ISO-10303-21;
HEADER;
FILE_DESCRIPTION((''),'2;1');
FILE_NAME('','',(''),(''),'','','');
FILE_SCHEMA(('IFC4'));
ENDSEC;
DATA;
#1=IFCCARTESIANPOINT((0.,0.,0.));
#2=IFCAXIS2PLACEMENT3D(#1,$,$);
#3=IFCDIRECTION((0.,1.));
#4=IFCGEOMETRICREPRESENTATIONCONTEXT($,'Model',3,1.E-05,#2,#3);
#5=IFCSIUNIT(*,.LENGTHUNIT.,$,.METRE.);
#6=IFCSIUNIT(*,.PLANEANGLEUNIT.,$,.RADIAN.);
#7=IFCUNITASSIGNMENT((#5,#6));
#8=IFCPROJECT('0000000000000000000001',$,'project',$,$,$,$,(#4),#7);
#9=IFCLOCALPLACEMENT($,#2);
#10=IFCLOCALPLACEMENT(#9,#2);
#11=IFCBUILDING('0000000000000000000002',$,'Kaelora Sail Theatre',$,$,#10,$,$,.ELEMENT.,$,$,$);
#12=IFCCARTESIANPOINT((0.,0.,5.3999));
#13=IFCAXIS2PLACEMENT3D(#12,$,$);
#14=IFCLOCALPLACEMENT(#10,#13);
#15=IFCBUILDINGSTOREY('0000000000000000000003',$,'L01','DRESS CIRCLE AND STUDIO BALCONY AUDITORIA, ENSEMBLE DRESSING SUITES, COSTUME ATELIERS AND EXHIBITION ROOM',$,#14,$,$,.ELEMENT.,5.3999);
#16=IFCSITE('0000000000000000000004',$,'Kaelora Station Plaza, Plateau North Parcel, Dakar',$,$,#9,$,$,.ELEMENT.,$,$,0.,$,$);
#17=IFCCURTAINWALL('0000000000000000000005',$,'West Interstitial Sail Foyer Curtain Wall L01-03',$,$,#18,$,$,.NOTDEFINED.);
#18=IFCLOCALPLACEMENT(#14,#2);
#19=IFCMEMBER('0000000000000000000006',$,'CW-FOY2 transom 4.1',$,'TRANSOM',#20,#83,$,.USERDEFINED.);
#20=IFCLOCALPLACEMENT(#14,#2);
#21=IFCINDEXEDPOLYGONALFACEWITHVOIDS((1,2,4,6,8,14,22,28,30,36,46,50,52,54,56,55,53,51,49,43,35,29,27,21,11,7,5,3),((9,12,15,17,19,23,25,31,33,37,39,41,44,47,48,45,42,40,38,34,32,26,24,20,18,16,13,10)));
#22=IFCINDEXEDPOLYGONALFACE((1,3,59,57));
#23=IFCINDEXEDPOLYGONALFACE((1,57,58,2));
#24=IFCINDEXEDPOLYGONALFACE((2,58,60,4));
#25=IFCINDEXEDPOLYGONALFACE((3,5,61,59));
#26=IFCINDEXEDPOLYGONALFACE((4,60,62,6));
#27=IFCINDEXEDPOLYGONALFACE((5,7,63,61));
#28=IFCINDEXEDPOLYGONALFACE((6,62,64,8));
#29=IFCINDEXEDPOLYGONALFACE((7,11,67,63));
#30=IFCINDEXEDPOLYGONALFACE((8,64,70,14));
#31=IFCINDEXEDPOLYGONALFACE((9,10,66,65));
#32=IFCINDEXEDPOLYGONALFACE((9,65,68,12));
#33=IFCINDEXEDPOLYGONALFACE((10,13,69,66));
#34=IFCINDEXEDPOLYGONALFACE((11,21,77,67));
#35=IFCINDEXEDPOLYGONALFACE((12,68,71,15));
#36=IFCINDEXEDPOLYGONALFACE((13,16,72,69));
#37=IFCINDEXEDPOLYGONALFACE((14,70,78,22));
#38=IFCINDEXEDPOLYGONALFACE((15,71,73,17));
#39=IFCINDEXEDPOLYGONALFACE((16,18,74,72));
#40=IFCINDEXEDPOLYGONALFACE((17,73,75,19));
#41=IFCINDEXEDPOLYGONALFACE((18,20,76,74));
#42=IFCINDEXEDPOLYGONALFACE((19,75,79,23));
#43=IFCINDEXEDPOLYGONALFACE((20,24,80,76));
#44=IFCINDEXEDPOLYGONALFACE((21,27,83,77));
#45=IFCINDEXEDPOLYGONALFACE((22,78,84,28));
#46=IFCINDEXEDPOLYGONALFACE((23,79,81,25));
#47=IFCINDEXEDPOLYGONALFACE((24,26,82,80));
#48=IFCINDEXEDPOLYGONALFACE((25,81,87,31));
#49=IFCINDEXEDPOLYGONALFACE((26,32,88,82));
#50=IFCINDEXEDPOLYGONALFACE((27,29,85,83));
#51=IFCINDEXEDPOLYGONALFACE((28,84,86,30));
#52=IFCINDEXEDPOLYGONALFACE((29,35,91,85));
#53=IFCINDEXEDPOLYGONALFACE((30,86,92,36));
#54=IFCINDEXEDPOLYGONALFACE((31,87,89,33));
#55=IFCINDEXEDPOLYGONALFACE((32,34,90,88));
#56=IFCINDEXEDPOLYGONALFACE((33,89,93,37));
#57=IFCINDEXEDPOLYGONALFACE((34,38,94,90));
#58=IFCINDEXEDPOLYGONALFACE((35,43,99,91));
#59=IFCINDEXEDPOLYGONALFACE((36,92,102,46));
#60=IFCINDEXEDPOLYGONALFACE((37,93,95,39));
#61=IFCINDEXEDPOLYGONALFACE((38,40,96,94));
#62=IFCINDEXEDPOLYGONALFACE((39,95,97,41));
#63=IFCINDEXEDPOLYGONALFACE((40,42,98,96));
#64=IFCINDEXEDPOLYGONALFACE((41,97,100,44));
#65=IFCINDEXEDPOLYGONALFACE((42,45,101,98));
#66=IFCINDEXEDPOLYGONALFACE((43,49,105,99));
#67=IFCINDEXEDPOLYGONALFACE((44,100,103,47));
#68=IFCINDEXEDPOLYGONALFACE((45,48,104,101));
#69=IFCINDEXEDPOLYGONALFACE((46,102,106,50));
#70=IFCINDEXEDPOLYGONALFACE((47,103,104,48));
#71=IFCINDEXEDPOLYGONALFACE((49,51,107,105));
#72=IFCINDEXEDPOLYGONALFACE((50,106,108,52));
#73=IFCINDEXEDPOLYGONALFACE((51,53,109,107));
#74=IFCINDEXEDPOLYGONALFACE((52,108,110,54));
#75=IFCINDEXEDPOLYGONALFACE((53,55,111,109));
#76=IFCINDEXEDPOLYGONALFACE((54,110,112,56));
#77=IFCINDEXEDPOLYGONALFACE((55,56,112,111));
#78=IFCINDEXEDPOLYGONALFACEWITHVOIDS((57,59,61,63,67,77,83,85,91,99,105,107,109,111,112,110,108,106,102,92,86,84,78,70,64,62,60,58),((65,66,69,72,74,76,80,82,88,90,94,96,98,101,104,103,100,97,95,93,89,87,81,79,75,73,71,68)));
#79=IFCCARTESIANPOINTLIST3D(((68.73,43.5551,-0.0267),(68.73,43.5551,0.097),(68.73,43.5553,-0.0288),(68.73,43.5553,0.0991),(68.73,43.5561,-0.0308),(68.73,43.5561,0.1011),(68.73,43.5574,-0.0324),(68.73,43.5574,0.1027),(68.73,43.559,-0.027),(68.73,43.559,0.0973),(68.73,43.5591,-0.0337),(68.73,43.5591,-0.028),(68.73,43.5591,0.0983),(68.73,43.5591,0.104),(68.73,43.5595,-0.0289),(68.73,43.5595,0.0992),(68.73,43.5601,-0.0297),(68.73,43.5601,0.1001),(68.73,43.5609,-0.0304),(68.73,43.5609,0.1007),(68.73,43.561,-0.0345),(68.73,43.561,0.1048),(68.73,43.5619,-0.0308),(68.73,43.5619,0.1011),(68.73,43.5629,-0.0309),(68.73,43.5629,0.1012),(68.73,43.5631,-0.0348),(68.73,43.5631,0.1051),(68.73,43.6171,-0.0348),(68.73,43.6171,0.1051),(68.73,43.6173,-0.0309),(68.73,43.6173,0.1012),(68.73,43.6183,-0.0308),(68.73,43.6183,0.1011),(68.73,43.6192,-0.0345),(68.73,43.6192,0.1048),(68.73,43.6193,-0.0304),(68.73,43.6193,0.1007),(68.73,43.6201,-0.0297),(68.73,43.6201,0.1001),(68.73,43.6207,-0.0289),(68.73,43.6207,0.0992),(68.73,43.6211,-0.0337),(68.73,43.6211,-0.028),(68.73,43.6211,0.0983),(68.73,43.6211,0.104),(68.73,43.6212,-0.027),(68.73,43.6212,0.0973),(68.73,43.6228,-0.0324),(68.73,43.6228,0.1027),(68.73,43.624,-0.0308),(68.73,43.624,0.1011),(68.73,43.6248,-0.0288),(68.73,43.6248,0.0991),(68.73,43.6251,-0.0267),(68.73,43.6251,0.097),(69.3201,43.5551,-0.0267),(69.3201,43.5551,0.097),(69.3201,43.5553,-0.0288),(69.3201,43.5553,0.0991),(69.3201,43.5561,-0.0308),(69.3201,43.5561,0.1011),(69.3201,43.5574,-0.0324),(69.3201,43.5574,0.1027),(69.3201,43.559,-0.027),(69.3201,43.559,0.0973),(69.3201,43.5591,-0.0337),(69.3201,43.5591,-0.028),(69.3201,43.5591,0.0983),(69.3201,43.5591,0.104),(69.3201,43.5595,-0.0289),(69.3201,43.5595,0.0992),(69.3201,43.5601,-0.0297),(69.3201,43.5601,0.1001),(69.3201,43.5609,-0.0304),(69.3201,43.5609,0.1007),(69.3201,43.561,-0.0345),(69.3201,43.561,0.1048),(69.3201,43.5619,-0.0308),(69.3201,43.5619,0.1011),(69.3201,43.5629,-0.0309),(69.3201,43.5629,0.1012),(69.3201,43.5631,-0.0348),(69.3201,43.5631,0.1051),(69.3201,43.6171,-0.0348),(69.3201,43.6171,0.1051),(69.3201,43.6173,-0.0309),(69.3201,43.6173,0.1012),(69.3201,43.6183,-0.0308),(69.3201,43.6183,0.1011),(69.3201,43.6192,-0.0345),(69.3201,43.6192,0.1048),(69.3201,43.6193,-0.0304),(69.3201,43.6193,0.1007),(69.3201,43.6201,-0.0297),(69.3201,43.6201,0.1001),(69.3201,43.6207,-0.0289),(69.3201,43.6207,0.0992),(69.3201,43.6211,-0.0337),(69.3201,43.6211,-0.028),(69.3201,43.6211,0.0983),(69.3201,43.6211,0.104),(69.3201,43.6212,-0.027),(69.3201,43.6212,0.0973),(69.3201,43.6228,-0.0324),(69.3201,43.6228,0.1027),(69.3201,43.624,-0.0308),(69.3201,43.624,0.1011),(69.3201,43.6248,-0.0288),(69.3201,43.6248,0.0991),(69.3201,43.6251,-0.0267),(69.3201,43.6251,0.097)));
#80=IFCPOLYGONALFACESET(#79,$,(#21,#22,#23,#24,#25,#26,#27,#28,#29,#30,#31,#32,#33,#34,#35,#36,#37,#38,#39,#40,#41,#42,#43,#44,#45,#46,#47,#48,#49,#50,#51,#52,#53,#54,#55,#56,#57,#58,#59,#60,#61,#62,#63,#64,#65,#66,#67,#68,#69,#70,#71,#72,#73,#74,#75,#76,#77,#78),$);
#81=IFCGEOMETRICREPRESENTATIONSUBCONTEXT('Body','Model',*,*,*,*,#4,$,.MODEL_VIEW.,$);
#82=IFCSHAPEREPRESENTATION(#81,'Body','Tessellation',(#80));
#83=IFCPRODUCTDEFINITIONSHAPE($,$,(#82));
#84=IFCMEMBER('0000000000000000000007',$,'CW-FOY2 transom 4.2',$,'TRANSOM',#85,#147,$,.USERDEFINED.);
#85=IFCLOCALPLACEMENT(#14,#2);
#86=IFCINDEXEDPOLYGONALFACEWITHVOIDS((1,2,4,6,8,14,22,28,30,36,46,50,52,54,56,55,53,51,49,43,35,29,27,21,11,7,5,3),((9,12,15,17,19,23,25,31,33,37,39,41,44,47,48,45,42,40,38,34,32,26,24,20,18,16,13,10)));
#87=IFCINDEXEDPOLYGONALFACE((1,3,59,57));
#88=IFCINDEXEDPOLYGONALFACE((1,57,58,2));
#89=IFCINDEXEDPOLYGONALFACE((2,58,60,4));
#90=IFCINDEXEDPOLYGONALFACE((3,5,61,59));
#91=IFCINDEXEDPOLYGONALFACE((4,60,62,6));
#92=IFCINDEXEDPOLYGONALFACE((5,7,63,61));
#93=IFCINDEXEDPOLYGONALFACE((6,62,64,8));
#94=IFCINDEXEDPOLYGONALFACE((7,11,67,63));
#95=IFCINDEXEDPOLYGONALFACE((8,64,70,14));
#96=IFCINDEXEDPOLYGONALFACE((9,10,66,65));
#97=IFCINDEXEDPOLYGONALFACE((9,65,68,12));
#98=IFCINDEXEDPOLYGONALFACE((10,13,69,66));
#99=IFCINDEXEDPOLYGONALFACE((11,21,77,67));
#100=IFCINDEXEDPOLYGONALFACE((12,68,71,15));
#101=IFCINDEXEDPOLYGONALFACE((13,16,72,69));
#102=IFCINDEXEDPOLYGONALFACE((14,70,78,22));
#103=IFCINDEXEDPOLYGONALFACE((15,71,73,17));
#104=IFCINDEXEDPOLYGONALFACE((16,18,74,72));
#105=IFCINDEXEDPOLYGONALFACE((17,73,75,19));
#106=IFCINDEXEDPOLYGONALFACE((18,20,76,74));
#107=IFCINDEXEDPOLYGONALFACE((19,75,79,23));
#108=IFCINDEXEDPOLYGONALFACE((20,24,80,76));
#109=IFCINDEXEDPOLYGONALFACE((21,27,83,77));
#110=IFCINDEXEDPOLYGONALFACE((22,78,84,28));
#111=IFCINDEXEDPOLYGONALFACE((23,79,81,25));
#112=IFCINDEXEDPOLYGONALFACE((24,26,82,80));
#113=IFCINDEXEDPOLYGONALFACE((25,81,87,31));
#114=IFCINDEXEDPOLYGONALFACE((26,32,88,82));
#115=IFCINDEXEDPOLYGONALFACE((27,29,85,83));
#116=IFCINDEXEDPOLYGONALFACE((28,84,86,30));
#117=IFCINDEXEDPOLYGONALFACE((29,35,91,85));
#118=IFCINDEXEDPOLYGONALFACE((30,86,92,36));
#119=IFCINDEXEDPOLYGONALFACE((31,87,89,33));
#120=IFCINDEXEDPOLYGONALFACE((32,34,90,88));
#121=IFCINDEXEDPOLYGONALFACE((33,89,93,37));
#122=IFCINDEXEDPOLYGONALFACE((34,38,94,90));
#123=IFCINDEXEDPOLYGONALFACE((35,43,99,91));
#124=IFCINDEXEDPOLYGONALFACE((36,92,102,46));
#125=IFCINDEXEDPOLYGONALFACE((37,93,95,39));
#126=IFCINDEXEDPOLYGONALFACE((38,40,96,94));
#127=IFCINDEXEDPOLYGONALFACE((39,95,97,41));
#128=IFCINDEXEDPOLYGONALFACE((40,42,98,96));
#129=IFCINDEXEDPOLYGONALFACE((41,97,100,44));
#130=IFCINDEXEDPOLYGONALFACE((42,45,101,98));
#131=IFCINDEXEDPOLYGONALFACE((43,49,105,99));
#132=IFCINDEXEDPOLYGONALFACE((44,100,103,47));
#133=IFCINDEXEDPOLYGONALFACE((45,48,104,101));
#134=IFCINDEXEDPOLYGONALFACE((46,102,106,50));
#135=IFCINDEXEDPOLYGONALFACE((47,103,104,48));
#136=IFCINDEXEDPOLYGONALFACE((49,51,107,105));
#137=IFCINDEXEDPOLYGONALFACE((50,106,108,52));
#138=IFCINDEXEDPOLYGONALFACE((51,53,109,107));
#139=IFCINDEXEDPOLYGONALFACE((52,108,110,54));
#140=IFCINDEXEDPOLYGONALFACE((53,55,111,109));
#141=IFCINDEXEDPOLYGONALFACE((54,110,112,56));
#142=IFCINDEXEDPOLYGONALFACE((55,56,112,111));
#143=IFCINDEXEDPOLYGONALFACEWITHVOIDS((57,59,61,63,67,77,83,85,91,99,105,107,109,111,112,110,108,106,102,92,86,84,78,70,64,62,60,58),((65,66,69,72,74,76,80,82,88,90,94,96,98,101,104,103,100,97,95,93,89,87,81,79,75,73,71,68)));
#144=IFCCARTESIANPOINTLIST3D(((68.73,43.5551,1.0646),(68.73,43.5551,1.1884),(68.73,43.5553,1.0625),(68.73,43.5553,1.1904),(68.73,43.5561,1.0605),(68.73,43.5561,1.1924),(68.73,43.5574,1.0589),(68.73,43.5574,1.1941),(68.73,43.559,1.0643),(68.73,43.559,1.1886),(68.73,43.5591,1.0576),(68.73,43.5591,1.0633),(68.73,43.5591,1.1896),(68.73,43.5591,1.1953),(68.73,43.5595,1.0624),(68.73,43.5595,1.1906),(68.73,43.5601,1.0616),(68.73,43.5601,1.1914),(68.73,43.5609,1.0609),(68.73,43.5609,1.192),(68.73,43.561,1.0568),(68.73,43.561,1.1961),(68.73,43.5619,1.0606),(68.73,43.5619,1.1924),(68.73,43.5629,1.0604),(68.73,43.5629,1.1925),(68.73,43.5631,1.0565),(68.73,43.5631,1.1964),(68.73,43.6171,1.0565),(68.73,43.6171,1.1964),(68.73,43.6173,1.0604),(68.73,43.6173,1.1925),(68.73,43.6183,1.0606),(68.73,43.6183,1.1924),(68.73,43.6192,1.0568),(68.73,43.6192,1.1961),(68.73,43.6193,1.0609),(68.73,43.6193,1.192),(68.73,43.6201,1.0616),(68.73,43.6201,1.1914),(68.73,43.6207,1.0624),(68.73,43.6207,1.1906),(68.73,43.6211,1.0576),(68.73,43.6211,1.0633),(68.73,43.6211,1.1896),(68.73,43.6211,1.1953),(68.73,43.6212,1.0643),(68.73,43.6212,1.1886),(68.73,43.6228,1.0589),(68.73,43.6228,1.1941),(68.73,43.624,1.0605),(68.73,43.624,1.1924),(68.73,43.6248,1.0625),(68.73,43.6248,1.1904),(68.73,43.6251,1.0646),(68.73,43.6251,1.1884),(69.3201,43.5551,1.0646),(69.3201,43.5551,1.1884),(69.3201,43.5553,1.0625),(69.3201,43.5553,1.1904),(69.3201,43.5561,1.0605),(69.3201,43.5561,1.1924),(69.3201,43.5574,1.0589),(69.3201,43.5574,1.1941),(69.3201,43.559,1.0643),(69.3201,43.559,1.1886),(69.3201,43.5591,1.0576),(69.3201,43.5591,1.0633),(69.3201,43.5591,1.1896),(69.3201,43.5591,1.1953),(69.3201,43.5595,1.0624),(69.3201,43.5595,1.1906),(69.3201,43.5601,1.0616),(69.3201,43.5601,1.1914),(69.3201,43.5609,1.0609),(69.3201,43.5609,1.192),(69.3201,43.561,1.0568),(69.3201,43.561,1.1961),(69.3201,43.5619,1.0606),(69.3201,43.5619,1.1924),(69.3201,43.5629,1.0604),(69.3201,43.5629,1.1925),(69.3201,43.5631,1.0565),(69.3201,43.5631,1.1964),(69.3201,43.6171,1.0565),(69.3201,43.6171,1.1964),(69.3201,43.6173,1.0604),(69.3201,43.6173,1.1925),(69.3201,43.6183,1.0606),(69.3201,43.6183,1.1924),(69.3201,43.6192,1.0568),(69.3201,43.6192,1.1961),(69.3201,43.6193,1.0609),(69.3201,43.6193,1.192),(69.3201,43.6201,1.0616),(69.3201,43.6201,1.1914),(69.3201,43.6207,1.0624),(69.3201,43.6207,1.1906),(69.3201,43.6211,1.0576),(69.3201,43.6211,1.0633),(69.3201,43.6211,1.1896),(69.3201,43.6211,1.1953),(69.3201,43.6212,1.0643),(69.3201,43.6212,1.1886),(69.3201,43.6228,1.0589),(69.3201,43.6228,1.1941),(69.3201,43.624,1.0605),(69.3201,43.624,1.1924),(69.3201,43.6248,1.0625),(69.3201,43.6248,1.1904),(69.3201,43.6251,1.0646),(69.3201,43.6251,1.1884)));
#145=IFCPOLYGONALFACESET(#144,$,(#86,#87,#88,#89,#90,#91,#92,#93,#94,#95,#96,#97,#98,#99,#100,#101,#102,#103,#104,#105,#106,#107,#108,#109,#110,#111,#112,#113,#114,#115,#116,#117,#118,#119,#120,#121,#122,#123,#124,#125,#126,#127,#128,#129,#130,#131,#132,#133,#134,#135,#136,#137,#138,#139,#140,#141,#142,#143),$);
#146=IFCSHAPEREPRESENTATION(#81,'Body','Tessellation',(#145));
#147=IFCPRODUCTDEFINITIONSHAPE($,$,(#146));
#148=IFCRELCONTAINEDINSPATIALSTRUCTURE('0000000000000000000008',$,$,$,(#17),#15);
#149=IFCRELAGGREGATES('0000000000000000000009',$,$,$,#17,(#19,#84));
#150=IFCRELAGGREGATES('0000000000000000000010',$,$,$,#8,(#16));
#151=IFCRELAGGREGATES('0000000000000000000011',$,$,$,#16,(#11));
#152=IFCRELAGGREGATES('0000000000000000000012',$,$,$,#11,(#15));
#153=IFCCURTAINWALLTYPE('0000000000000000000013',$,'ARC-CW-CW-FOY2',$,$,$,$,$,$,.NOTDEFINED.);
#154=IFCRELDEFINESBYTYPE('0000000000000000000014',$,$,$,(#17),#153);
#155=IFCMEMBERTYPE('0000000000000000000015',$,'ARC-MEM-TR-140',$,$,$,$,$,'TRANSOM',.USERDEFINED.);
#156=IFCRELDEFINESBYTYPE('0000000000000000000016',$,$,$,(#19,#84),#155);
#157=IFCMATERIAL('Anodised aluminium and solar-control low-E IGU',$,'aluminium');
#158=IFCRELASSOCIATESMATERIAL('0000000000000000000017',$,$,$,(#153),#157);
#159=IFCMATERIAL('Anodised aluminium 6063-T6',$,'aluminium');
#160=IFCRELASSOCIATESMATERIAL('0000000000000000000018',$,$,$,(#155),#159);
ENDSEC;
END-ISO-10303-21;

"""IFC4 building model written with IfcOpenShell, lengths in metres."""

from ifc_helpers import new_model, si_unit, direction, frame, origin, origin_2d, place, context, subcontext, project, spatial, hollow_rectangle, extrude, material, material_profile, profile_set, type_object, element, aggregate, save


model = new_model("IFC4")

# Units and contexts
model_context = context("Model", 3, precision=1e-05, world=origin(), true_north=direction((0.0, 1.0)))
body_context = subcontext(model_context, "Body", "Model", "MODEL_VIEW")
ifc_project = project(units=[si_unit("LENGTHUNIT", "METRE"), si_unit("PLANEANGLEUNIT", "RADIAN")], contexts=[model_context])

# Site, building, storey
site_placement = place(None, origin())
site = spatial("IfcSite", under=ifc_project, at=site_placement, Name="Kaelora Station Plaza, Plateau North Parcel, Dakar", CompositionType="ELEMENT", RefElevation=0.0)
building_placement = place(site_placement, origin())
building = spatial("IfcBuilding", under=site, at=building_placement, Name="Kaelora Sail Theatre", CompositionType="ELEMENT")
storey_placement = place(building_placement, frame((0.0, 0.0, 5.3999)))
storey = spatial("IfcBuildingStorey", under=building, at=storey_placement, Name="L01", Description="DRESS CIRCLE AND STUDIO BALCONY AUDITORIA, ENSEMBLE DRESSING SUITES, COSTUME ATELIERS AND EXHIBITION ROOM", CompositionType="ELEMENT", Elevation=5.3999)

# Curtain wall, members
ifc_material_1 = material(Name="Anodised aluminium and solar-control low-E IGU", Category="aluminium")
curtain_wall_type = type_object("IfcCurtainWallType", Name="ARC-CW-CW-FOY2", PredefinedType="NOTDEFINED", material=ifc_material_1)
curtain_wall_placement = place(storey_placement, origin())
curtain_wall = element("IfcCurtainWall", 1, at=curtain_wall_placement, inside=storey, type_object=curtain_wall_type, Name="West Interstitial Sail Foyer Curtain Wall L01-03", PredefinedType="NOTDEFINED")
ifc_material_2 = material(Name="Anodised aluminium 6063-T6", Category="aluminium")
ifc_material_profile_1 = material_profile(ifc_material_2, hollow_rectangle(XDim=0.0701, YDim=0.1399, WallThickness=0.0039, InnerFilletRadius=0.0039, OuterFilletRadius=0.0081, at=origin_2d()), Name="ALU-TRAN 70x140x4")
ifc_profile_set_1 = profile_set([ifc_material_profile_1], Name="Anodised aluminium 6063-T6")
member_type_1 = type_object("IfcMemberType", Name="ARC-MEM-TR-140", ElementType="TRANSOM", PredefinedType="USERDEFINED", material=ifc_profile_set_1)
member_1_placement = place(storey_placement, frame((68.73, 43.5901, 0.0352), z_axis=(1.0, 0.0, 0.0), x_axis=(0.0, 1.0, 0.0)))
member_1 = element("IfcMember", 2, at=member_1_placement, type_object=member_type_1, Name="CW-FOY2 transom 4.1", ObjectType="TRANSOM", PredefinedType="USERDEFINED", context=body_context, shape_type="SweptSolid", body=[
    extrude(hollow_rectangle(XDim=0.0701, YDim=0.1399, WallThickness=0.0039, InnerFilletRadius=0.0039, OuterFilletRadius=0.0081, at=origin_2d()), origin(), (0.0, 0.0, 1.0), 0.5901),
])
member_2_placement = place(storey_placement, frame((68.73, 43.5901, 1.1265), z_axis=(1.0, 0.0, 0.0), x_axis=(0.0, 1.0, 0.0)))
member_2 = element("IfcMember", 3, at=member_2_placement, type_object=member_type_1, Name="CW-FOY2 transom 4.2", ObjectType="TRANSOM", PredefinedType="USERDEFINED", context=body_context, shape_type="SweptSolid", body=[
    extrude(hollow_rectangle(XDim=0.0701, YDim=0.1399, WallThickness=0.0039, InnerFilletRadius=0.0039, OuterFilletRadius=0.0081, at=origin_2d()), origin(), (0.0, 0.0, 1.0), 0.5901),
])

aggregate(curtain_wall, [member_1, member_2])

save(model, "model.ifc")
